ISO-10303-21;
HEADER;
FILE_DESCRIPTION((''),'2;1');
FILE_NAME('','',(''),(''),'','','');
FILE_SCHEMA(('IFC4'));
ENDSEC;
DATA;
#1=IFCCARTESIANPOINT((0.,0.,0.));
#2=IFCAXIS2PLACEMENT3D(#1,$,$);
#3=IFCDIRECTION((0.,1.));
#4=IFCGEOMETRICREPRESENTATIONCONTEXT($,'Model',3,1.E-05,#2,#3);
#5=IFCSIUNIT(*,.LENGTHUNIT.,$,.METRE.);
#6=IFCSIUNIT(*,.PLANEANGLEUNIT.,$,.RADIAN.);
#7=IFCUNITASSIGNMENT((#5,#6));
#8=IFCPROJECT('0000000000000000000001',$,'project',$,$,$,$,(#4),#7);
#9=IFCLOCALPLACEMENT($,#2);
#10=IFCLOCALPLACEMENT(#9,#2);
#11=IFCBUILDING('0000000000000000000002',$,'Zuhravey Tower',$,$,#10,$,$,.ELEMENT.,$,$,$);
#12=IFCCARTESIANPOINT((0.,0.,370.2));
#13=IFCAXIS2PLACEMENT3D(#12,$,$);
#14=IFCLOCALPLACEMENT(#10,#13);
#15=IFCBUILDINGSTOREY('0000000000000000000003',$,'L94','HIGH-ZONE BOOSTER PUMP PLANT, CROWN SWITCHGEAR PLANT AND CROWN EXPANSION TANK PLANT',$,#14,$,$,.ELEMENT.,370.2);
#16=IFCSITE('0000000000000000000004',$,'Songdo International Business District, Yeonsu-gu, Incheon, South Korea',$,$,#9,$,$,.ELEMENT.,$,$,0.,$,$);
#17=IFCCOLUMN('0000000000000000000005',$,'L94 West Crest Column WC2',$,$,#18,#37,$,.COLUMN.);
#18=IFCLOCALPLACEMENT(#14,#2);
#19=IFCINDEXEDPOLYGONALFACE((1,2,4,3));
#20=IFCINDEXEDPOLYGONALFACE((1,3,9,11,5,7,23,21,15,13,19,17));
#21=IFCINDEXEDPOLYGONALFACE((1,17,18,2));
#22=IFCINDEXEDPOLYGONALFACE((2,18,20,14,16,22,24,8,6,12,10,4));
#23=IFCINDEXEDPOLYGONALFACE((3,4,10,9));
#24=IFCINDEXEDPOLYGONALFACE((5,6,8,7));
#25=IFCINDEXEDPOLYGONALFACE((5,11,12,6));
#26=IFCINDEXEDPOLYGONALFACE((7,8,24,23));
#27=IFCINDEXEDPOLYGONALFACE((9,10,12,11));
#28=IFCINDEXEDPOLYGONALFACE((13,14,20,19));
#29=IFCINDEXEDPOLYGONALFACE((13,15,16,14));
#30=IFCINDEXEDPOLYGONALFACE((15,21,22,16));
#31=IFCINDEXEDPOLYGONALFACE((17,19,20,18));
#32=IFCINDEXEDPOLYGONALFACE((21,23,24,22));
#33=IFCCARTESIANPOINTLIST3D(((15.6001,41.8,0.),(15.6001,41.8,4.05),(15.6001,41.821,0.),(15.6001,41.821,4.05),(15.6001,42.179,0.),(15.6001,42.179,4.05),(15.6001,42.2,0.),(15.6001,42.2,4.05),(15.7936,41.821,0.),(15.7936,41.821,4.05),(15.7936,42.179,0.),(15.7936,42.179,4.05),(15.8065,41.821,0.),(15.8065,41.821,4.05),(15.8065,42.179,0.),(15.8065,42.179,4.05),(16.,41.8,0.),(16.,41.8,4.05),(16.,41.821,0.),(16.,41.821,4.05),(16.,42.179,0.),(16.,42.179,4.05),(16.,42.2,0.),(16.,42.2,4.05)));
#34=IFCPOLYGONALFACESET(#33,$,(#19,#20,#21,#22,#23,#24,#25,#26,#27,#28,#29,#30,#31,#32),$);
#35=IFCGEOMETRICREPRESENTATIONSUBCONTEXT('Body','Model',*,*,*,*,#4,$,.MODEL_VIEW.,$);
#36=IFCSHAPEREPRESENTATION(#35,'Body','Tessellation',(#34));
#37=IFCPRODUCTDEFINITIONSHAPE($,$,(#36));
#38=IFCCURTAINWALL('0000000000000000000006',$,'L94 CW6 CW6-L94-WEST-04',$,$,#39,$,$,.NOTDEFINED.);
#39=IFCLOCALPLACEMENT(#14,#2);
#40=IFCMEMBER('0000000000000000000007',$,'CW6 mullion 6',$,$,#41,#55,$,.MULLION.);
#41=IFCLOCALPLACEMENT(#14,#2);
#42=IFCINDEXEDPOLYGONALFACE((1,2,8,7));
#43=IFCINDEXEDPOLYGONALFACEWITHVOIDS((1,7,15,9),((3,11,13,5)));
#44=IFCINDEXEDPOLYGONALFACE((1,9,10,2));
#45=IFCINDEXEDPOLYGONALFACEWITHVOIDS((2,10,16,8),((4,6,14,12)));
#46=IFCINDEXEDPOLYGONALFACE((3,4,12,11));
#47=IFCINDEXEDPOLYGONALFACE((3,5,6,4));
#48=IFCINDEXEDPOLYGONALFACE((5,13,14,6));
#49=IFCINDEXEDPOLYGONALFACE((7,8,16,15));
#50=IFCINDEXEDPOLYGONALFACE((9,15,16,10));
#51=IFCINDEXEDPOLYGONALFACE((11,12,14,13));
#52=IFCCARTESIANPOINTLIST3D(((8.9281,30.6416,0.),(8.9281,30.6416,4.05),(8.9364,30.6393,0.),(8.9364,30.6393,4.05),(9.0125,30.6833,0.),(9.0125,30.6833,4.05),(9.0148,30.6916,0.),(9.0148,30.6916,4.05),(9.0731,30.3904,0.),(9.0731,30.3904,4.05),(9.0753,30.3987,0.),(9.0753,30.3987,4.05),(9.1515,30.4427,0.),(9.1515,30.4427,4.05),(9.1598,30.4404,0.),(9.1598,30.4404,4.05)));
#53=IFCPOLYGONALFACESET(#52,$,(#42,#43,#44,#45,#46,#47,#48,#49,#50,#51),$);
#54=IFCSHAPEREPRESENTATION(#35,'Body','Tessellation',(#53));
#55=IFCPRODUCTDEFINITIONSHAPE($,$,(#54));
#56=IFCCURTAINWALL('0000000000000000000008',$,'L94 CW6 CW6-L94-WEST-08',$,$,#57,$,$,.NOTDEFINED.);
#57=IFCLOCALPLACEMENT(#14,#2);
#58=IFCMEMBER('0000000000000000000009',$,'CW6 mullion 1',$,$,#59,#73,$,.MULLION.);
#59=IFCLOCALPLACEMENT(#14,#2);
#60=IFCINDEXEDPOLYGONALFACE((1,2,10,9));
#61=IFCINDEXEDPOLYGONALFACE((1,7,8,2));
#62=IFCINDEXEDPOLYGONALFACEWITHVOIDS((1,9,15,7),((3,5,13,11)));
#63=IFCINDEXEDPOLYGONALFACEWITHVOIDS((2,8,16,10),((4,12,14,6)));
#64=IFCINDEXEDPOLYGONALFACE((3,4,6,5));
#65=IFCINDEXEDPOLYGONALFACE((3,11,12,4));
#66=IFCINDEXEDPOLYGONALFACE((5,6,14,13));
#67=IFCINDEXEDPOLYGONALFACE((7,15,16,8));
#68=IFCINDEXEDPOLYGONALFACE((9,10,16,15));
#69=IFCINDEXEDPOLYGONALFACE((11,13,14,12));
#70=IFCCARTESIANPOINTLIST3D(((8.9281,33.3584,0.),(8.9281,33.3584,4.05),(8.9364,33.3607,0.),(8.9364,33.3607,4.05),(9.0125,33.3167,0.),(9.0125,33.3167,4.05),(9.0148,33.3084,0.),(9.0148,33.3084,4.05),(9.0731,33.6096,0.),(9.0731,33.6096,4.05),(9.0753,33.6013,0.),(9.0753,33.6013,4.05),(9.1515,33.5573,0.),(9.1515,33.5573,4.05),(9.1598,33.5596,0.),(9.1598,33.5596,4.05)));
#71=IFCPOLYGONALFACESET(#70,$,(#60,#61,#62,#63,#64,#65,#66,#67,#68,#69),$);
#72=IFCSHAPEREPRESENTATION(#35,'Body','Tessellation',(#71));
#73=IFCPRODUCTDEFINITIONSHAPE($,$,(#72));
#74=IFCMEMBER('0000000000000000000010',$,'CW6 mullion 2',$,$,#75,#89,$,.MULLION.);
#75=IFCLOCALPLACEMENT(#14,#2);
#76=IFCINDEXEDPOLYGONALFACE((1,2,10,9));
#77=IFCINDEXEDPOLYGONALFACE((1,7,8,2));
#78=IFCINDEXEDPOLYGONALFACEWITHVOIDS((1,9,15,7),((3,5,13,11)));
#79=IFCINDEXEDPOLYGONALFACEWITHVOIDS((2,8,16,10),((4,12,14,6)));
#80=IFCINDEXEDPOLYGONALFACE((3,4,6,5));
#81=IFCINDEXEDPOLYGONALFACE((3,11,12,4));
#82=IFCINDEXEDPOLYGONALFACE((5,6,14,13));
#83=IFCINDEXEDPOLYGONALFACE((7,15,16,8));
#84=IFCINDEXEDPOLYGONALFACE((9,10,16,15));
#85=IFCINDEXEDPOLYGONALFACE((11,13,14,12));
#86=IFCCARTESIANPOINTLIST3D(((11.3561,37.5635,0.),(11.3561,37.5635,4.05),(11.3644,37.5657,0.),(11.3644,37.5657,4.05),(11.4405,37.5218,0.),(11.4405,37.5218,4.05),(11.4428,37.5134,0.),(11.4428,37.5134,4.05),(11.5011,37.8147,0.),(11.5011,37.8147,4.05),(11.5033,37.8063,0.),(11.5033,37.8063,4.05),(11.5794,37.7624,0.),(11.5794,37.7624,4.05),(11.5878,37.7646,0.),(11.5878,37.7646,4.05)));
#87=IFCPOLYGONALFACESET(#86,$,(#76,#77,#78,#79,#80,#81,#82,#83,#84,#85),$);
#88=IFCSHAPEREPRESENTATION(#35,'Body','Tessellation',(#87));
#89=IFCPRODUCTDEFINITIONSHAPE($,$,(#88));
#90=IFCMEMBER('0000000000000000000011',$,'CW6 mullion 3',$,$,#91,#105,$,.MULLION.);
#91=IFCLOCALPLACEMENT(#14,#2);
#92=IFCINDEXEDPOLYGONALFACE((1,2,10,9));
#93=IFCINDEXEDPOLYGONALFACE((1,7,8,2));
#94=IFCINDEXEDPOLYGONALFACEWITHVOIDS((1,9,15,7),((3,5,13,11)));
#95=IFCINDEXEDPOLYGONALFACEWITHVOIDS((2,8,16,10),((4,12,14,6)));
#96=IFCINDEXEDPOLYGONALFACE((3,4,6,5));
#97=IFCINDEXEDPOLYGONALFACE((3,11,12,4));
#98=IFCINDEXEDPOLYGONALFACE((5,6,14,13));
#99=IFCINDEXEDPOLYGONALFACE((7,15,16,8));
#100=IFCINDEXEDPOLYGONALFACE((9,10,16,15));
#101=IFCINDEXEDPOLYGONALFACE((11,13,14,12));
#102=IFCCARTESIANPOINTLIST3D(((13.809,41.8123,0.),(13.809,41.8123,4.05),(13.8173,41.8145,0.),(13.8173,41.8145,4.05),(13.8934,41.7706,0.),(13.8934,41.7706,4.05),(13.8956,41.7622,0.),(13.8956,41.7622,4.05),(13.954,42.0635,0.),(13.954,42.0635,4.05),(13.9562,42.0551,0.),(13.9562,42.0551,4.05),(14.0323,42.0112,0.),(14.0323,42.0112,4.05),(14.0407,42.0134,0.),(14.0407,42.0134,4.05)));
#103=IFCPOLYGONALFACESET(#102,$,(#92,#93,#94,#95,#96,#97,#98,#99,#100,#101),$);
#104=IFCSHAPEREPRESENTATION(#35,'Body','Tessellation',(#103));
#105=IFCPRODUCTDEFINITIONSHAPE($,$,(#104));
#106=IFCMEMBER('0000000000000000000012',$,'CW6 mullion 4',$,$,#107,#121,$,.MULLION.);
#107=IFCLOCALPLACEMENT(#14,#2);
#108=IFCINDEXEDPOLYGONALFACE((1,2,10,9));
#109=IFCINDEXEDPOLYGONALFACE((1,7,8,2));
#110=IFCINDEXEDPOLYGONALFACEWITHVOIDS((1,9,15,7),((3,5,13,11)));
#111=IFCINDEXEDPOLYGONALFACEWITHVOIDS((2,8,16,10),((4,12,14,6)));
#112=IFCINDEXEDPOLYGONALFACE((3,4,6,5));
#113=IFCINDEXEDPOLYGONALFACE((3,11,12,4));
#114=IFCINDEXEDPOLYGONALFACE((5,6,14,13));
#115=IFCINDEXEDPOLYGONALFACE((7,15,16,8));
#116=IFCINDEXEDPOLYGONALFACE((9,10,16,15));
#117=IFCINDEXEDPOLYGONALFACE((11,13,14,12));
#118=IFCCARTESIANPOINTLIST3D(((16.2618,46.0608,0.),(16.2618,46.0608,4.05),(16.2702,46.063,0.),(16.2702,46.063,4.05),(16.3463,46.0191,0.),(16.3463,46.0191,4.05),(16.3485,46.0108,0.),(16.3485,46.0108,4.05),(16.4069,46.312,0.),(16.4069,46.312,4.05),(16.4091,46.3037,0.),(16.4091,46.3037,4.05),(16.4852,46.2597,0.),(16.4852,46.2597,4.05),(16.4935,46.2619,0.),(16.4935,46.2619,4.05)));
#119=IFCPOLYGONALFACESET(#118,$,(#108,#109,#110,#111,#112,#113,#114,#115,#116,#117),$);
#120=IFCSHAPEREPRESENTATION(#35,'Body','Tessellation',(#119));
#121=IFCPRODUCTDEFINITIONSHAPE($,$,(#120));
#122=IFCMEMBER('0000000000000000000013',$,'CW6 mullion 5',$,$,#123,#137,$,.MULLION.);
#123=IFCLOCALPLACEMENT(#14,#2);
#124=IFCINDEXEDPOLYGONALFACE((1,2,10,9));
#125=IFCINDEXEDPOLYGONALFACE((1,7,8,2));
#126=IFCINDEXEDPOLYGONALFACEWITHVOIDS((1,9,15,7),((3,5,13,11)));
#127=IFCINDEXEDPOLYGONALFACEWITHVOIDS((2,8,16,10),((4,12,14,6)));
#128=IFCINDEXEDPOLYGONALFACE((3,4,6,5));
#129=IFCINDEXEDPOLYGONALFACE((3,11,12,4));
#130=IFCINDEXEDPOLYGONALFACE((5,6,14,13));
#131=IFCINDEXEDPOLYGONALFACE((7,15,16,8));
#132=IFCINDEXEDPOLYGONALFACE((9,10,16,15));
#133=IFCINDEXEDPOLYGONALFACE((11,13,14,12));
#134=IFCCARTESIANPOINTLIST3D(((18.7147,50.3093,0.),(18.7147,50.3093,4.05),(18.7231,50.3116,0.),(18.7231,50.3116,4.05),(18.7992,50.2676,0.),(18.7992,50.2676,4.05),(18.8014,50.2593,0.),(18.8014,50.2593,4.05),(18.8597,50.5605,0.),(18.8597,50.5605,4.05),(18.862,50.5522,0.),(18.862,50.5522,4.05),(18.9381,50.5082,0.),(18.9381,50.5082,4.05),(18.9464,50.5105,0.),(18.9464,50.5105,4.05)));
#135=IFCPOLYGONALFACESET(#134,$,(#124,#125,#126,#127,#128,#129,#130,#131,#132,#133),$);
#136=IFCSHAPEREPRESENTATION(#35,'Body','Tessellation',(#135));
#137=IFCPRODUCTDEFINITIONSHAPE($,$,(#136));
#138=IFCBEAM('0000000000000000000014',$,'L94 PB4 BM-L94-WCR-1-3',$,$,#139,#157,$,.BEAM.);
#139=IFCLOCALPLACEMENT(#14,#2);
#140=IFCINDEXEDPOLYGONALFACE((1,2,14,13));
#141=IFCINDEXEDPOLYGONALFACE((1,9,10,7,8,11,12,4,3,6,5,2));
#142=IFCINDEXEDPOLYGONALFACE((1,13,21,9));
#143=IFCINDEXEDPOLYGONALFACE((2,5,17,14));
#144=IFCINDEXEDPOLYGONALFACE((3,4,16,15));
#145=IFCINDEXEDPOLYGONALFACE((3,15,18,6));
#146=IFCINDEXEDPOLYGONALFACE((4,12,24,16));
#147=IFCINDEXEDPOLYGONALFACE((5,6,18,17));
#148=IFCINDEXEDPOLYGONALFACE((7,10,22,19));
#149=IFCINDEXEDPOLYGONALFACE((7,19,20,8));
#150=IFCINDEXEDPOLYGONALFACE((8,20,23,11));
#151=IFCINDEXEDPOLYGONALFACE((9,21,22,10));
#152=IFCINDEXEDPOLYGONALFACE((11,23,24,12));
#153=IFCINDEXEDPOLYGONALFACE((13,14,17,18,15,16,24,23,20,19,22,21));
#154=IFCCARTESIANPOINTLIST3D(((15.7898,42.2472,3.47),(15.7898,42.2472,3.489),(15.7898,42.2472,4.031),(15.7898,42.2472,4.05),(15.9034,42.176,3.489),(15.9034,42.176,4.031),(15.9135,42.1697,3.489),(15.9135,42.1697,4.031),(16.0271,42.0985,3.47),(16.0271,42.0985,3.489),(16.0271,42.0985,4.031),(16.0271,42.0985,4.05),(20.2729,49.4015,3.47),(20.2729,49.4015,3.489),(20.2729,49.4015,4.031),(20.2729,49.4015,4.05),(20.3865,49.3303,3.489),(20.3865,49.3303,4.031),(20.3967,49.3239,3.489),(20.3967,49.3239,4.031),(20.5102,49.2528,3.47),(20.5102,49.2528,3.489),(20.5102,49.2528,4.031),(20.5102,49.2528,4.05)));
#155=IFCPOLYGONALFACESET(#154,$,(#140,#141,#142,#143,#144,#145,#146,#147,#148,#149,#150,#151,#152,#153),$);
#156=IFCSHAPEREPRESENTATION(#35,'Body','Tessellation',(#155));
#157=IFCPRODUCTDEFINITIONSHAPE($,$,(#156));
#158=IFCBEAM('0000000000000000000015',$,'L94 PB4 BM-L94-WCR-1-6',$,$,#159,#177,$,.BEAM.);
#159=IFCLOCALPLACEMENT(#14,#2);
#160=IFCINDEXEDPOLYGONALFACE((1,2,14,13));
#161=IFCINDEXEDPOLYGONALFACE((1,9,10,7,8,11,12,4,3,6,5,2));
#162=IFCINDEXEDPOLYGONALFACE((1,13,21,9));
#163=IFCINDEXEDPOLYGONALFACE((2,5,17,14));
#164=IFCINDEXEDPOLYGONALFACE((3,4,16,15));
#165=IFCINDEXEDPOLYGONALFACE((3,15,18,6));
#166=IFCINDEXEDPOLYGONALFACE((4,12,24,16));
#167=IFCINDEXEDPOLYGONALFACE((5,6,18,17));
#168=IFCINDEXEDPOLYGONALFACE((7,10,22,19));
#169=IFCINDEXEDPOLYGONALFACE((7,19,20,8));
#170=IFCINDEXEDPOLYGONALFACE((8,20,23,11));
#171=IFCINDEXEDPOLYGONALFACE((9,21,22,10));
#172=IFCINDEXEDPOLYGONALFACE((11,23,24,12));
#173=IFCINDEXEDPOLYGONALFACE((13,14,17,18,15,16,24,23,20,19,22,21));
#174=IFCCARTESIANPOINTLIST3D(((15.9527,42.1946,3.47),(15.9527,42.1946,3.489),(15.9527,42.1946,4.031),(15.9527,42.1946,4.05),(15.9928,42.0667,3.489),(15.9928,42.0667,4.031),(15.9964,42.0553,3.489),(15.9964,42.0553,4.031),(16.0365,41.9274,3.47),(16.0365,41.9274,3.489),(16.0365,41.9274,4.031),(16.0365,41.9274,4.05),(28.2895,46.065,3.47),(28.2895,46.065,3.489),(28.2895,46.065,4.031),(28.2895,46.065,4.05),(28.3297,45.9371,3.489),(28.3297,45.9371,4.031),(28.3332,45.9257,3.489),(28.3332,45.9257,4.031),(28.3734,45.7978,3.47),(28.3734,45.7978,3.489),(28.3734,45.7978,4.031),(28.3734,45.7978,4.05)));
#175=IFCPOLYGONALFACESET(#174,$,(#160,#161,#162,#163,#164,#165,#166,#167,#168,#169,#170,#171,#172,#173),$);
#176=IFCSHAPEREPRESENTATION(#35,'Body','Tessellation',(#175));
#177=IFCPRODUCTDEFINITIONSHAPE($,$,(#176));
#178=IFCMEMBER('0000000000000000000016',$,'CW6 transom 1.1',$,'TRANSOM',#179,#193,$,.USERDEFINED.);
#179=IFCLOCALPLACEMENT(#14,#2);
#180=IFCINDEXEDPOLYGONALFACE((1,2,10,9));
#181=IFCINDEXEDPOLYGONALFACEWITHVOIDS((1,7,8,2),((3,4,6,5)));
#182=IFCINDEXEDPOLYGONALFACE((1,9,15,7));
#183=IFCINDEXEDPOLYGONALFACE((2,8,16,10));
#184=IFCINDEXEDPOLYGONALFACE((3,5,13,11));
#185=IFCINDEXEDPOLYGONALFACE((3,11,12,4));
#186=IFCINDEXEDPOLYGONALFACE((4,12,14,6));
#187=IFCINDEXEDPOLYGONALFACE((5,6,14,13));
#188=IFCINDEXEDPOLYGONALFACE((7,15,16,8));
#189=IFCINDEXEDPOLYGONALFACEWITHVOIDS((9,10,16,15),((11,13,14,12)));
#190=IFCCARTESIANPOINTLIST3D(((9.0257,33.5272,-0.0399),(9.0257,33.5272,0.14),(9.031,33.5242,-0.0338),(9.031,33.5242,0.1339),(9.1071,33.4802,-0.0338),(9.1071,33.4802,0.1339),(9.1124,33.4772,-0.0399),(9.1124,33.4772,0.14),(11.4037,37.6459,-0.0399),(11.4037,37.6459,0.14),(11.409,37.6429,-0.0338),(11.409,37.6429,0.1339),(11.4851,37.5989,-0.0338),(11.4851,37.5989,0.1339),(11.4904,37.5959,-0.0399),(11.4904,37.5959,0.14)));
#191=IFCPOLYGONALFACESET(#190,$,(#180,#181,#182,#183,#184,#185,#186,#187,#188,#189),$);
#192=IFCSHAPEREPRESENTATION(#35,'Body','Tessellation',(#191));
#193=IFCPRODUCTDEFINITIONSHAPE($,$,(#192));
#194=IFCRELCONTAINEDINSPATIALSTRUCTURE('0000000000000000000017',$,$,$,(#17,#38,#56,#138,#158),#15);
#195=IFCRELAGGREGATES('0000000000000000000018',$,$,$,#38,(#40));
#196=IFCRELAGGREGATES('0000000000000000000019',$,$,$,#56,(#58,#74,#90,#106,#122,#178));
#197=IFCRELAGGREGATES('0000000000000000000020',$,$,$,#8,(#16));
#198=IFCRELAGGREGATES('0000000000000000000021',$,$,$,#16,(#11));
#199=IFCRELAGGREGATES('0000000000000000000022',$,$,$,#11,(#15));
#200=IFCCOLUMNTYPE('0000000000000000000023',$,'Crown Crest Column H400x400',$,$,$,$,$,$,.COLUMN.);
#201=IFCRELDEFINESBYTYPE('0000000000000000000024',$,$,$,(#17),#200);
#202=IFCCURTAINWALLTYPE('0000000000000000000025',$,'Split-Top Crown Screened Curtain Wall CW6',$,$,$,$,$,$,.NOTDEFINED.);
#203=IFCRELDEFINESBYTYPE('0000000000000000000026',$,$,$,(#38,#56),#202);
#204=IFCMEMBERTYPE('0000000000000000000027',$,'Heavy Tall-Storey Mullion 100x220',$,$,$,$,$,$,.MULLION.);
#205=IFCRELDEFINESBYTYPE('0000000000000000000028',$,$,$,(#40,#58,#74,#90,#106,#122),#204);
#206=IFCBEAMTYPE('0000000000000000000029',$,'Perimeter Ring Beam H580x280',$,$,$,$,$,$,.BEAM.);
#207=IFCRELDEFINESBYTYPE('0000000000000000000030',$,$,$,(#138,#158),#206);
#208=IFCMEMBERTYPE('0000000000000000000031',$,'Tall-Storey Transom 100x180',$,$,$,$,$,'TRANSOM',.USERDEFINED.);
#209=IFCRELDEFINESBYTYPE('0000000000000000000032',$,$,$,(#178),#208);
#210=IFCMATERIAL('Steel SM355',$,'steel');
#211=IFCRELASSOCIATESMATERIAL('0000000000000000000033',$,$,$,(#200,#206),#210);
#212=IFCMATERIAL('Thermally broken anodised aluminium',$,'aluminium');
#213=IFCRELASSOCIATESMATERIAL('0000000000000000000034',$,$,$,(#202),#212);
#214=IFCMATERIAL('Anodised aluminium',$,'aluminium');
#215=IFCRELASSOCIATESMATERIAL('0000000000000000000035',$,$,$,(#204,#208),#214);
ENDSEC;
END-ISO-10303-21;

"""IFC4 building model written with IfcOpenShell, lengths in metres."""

from ifc_helpers import new_model, si_unit, direction, frame, origin, origin_2d, place, context, subcontext, project, spatial, hollow_rectangle, i_section, extrude, material, material_profile, profile_set, type_object, element, aggregate, save


model = new_model("IFC4")

# Units and contexts
model_context = context("Model", 3, precision=1e-05, world=origin(), true_north=direction((0.0, 1.0)))
body_context = subcontext(model_context, "Body", "Model", "MODEL_VIEW")
ifc_project = project(units=[si_unit("LENGTHUNIT", "METRE"), si_unit("PLANEANGLEUNIT", "RADIAN")], contexts=[model_context])

# Site, building, storey
site_placement = place(None, origin())
site = spatial("IfcSite", under=ifc_project, at=site_placement, Name="Songdo International Business District, Yeonsu-gu, Incheon, South Korea", CompositionType="ELEMENT", RefElevation=0.0)
building_placement = place(site_placement, origin())
building = spatial("IfcBuilding", under=site, at=building_placement, Name="Zuhravey Tower", CompositionType="ELEMENT")
storey_placement = place(building_placement, frame((0.0, 0.0, 370.2)))
storey = spatial("IfcBuildingStorey", under=building, at=storey_placement, Name="L94", Description="HIGH-ZONE BOOSTER PUMP PLANT, CROWN SWITCHGEAR PLANT AND CROWN EXPANSION TANK PLANT", CompositionType="ELEMENT", Elevation=370.2)

# Column
ifc_material_1 = material(Name="Steel SM355", Category="steel")
ifc_material_profile_1 = material_profile(ifc_material_1, i_section(OverallWidth=0.3999, OverallDepth=0.3999, WebThickness=0.0129, FlangeThickness=0.021, at=origin_2d()), Name="H-400x400x13x21")
ifc_profile_set_1 = profile_set([ifc_material_profile_1], Name="Steel SM355")
column_type = type_object("IfcColumnType", Name="Crown Crest Column H400x400", PredefinedType="COLUMN", material=ifc_profile_set_1)
column_placement = place(storey_placement, frame((15.8, 42.0, 0.0), z_axis=(0.0, 0.0, 1.0), x_axis=(1.0, 0.0, 0.0)))
element("IfcColumn", 1, at=column_placement, inside=storey, type_object=column_type, Name="L94 West Crest Column WC2", PredefinedType="COLUMN", context=body_context, shape_type="SweptSolid", body=[
    extrude(i_section(OverallWidth=0.3999, OverallDepth=0.3999, WebThickness=0.0129, FlangeThickness=0.021, at=origin_2d()), origin(), (0.0, 0.0, 1.0), 4.05),
])

# Curtain wall, member
ifc_material_2 = material(Name="Thermally broken anodised aluminium", Category="aluminium")
curtain_wall_type = type_object("IfcCurtainWallType", Name="Split-Top Crown Screened Curtain Wall CW6", PredefinedType="NOTDEFINED", material=ifc_material_2)
curtain_wall_1_placement = place(storey_placement, origin())
curtain_wall_1 = element("IfcCurtainWall", 2, at=curtain_wall_1_placement, inside=storey, type_object=curtain_wall_type, Name="L94 CW6 CW6-L94-WEST-04", PredefinedType="NOTDEFINED")
ifc_material_3 = material(Name="Anodised aluminium", Category="aluminium")
ifc_material_profile_2 = material_profile(ifc_material_3, hollow_rectangle(XDim=0.1001, YDim=0.29, WallThickness=0.0061, at=origin_2d()), Name="ALU-RHS-100x290x6")
ifc_profile_set_2 = profile_set([ifc_material_profile_2], Name="Anodised aluminium")
member_type_1 = type_object("IfcMemberType", Name="Heavy Tall-Storey Mullion 100x220", PredefinedType="MULLION", material=ifc_profile_set_2)
member_1_placement = place(storey_placement, frame((9.0439, 30.541, 0.0), z_axis=(0.0, 0.0, 1.0), x_axis=(-0.866027, -0.499997, 0.0)))
member_1 = element("IfcMember", 3, at=member_1_placement, type_object=member_type_1, Name="CW6 mullion 6", PredefinedType="MULLION", context=body_context, shape_type="SweptSolid", body=[
    extrude(hollow_rectangle(XDim=0.1001, YDim=0.29, WallThickness=0.0061, at=origin_2d()), origin(), (0.0, 0.0, 1.0), 4.05),
])
aggregate(curtain_wall_1, [member_1])

# Curtain wall, members
curtain_wall_2_placement = place(storey_placement, origin())
curtain_wall_2 = element("IfcCurtainWall", 4, at=curtain_wall_2_placement, inside=storey, type_object=curtain_wall_type, Name="L94 CW6 CW6-L94-WEST-08", PredefinedType="NOTDEFINED")
member_2_placement = place(storey_placement, frame((9.0439, 33.459, 0.0), z_axis=(0.0, 0.0, 1.0), x_axis=(-0.866027, 0.499997, 0.0)))
member_2 = element("IfcMember", 5, at=member_2_placement, type_object=member_type_1, Name="CW6 mullion 1", PredefinedType="MULLION", context=body_context, shape_type="SweptSolid", body=[
    extrude(hollow_rectangle(XDim=0.1001, YDim=0.29, WallThickness=0.0061, at=origin_2d()), origin(), (0.0, 0.0, 1.0), 4.05),
])
member_3_placement = place(storey_placement, frame((11.4719, 37.6641, 0.0), z_axis=(0.0, 0.0, 1.0), x_axis=(-0.866027, 0.499997, 0.0)))
member_3 = element("IfcMember", 6, at=member_3_placement, type_object=member_type_1, Name="CW6 mullion 2", PredefinedType="MULLION", context=body_context, shape_type="SweptSolid", body=[
    extrude(hollow_rectangle(XDim=0.1001, YDim=0.29, WallThickness=0.0061, at=origin_2d()), origin(), (0.0, 0.0, 1.0), 4.05),
])
member_4_placement = place(storey_placement, frame((13.9248, 41.9128, 0.0), z_axis=(0.0, 0.0, 1.0), x_axis=(-0.866027, 0.499997, 0.0)))
member_4 = element("IfcMember", 7, at=member_4_placement, type_object=member_type_1, Name="CW6 mullion 3", PredefinedType="MULLION", context=body_context, shape_type="SweptSolid", body=[
    extrude(hollow_rectangle(XDim=0.1001, YDim=0.29, WallThickness=0.0061, at=origin_2d()), origin(), (0.0, 0.0, 1.0), 4.05),
])
member_5_placement = place(storey_placement, frame((16.3777, 46.1614, 0.0), z_axis=(0.0, 0.0, 1.0), x_axis=(-0.866027, 0.499997, 0.0)))
member_5 = element("IfcMember", 8, at=member_5_placement, type_object=member_type_1, Name="CW6 mullion 4", PredefinedType="MULLION", context=body_context, shape_type="SweptSolid", body=[
    extrude(hollow_rectangle(XDim=0.1001, YDim=0.29, WallThickness=0.0061, at=origin_2d()), origin(), (0.0, 0.0, 1.0), 4.05),
])
member_6_placement = place(storey_placement, frame((18.8306, 50.4099, 0.0), z_axis=(0.0, 0.0, 1.0), x_axis=(-0.866027, 0.499997, 0.0)))
member_6 = element("IfcMember", 9, at=member_6_placement, type_object=member_type_1, Name="CW6 mullion 5", PredefinedType="MULLION", context=body_context, shape_type="SweptSolid", body=[
    extrude(hollow_rectangle(XDim=0.1001, YDim=0.29, WallThickness=0.0061, at=origin_2d()), origin(), (0.0, 0.0, 1.0), 4.05),
])

# Beams
ifc_material_profile_3 = material_profile(ifc_material_1, i_section(OverallWidth=0.28, OverallDepth=0.5801, WebThickness=0.012, FlangeThickness=0.019, at=origin_2d()), Name="H-580x280x12x19")
ifc_profile_set_3 = profile_set([ifc_material_profile_3], Name="Steel SM355")
beam_type = type_object("IfcBeamType", Name="Perimeter Ring Beam H580x280", PredefinedType="BEAM", material=ifc_profile_set_3)
beam_1_placement = place(storey_placement, frame((15.9084, 42.1729, 3.76), z_axis=(0.530997, 0.847374, 0.0), x_axis=(-0.847374, 0.530997, 0.0)))
element("IfcBeam", 10, at=beam_1_placement, inside=storey, type_object=beam_type, Name="L94 PB4 BM-L94-WCR-1-3", PredefinedType="BEAM", context=body_context, shape_type="SweptSolid", body=[
    extrude(i_section(OverallWidth=0.28, OverallDepth=0.5801, WebThickness=0.012, FlangeThickness=0.019, at=origin_2d()), origin(), (0.0, 0.0, 1.0), 8.4429),
])
beam_2_placement = place(storey_placement, frame((15.9946, 42.061, 3.76), z_axis=(0.954147, 0.299337, 0.0), x_axis=(-0.299337, 0.954147, 0.0)))
element("IfcBeam", 11, at=beam_2_placement, inside=storey, type_object=beam_type, Name="L94 PB4 BM-L94-WCR-1-6", PredefinedType="BEAM", context=body_context, shape_type="SweptSolid", body=[
    extrude(i_section(OverallWidth=0.28, OverallDepth=0.5801, WebThickness=0.012, FlangeThickness=0.019, at=origin_2d()), origin(), (0.0, 0.0, 1.0), 12.9297),
])

# Member
ifc_material_profile_4 = material_profile(ifc_material_3, hollow_rectangle(XDim=0.1001, YDim=0.1799, WallThickness=0.0061, at=origin_2d()), Name="ALU-RHS-100x180x6")
ifc_profile_set_4 = profile_set([ifc_material_profile_4], Name="Anodised aluminium")
member_type_2 = type_object("IfcMemberType", Name="Tall-Storey Transom 100x180", ElementType="TRANSOM", PredefinedType="USERDEFINED", material=ifc_profile_set_4)
member_7_placement = place(storey_placement, frame((9.0691, 33.5022, 0.05), z_axis=(0.500004, 0.866023, 0.0), x_axis=(-0.866023, 0.500004, 0.0)))
member_7 = element("IfcMember", 12, at=member_7_placement, type_object=member_type_2, Name="CW6 transom 1.1", ObjectType="TRANSOM", PredefinedType="USERDEFINED", context=body_context, shape_type="SweptSolid", body=[
    extrude(hollow_rectangle(XDim=0.1001, YDim=0.1799, WallThickness=0.0061, at=origin_2d()), origin(), (0.0, 0.0, 1.0), 4.7559),
])

aggregate(curtain_wall_2, [member_2, member_3, member_4, member_5, member_6, member_7])

save(model, "model.ifc")
